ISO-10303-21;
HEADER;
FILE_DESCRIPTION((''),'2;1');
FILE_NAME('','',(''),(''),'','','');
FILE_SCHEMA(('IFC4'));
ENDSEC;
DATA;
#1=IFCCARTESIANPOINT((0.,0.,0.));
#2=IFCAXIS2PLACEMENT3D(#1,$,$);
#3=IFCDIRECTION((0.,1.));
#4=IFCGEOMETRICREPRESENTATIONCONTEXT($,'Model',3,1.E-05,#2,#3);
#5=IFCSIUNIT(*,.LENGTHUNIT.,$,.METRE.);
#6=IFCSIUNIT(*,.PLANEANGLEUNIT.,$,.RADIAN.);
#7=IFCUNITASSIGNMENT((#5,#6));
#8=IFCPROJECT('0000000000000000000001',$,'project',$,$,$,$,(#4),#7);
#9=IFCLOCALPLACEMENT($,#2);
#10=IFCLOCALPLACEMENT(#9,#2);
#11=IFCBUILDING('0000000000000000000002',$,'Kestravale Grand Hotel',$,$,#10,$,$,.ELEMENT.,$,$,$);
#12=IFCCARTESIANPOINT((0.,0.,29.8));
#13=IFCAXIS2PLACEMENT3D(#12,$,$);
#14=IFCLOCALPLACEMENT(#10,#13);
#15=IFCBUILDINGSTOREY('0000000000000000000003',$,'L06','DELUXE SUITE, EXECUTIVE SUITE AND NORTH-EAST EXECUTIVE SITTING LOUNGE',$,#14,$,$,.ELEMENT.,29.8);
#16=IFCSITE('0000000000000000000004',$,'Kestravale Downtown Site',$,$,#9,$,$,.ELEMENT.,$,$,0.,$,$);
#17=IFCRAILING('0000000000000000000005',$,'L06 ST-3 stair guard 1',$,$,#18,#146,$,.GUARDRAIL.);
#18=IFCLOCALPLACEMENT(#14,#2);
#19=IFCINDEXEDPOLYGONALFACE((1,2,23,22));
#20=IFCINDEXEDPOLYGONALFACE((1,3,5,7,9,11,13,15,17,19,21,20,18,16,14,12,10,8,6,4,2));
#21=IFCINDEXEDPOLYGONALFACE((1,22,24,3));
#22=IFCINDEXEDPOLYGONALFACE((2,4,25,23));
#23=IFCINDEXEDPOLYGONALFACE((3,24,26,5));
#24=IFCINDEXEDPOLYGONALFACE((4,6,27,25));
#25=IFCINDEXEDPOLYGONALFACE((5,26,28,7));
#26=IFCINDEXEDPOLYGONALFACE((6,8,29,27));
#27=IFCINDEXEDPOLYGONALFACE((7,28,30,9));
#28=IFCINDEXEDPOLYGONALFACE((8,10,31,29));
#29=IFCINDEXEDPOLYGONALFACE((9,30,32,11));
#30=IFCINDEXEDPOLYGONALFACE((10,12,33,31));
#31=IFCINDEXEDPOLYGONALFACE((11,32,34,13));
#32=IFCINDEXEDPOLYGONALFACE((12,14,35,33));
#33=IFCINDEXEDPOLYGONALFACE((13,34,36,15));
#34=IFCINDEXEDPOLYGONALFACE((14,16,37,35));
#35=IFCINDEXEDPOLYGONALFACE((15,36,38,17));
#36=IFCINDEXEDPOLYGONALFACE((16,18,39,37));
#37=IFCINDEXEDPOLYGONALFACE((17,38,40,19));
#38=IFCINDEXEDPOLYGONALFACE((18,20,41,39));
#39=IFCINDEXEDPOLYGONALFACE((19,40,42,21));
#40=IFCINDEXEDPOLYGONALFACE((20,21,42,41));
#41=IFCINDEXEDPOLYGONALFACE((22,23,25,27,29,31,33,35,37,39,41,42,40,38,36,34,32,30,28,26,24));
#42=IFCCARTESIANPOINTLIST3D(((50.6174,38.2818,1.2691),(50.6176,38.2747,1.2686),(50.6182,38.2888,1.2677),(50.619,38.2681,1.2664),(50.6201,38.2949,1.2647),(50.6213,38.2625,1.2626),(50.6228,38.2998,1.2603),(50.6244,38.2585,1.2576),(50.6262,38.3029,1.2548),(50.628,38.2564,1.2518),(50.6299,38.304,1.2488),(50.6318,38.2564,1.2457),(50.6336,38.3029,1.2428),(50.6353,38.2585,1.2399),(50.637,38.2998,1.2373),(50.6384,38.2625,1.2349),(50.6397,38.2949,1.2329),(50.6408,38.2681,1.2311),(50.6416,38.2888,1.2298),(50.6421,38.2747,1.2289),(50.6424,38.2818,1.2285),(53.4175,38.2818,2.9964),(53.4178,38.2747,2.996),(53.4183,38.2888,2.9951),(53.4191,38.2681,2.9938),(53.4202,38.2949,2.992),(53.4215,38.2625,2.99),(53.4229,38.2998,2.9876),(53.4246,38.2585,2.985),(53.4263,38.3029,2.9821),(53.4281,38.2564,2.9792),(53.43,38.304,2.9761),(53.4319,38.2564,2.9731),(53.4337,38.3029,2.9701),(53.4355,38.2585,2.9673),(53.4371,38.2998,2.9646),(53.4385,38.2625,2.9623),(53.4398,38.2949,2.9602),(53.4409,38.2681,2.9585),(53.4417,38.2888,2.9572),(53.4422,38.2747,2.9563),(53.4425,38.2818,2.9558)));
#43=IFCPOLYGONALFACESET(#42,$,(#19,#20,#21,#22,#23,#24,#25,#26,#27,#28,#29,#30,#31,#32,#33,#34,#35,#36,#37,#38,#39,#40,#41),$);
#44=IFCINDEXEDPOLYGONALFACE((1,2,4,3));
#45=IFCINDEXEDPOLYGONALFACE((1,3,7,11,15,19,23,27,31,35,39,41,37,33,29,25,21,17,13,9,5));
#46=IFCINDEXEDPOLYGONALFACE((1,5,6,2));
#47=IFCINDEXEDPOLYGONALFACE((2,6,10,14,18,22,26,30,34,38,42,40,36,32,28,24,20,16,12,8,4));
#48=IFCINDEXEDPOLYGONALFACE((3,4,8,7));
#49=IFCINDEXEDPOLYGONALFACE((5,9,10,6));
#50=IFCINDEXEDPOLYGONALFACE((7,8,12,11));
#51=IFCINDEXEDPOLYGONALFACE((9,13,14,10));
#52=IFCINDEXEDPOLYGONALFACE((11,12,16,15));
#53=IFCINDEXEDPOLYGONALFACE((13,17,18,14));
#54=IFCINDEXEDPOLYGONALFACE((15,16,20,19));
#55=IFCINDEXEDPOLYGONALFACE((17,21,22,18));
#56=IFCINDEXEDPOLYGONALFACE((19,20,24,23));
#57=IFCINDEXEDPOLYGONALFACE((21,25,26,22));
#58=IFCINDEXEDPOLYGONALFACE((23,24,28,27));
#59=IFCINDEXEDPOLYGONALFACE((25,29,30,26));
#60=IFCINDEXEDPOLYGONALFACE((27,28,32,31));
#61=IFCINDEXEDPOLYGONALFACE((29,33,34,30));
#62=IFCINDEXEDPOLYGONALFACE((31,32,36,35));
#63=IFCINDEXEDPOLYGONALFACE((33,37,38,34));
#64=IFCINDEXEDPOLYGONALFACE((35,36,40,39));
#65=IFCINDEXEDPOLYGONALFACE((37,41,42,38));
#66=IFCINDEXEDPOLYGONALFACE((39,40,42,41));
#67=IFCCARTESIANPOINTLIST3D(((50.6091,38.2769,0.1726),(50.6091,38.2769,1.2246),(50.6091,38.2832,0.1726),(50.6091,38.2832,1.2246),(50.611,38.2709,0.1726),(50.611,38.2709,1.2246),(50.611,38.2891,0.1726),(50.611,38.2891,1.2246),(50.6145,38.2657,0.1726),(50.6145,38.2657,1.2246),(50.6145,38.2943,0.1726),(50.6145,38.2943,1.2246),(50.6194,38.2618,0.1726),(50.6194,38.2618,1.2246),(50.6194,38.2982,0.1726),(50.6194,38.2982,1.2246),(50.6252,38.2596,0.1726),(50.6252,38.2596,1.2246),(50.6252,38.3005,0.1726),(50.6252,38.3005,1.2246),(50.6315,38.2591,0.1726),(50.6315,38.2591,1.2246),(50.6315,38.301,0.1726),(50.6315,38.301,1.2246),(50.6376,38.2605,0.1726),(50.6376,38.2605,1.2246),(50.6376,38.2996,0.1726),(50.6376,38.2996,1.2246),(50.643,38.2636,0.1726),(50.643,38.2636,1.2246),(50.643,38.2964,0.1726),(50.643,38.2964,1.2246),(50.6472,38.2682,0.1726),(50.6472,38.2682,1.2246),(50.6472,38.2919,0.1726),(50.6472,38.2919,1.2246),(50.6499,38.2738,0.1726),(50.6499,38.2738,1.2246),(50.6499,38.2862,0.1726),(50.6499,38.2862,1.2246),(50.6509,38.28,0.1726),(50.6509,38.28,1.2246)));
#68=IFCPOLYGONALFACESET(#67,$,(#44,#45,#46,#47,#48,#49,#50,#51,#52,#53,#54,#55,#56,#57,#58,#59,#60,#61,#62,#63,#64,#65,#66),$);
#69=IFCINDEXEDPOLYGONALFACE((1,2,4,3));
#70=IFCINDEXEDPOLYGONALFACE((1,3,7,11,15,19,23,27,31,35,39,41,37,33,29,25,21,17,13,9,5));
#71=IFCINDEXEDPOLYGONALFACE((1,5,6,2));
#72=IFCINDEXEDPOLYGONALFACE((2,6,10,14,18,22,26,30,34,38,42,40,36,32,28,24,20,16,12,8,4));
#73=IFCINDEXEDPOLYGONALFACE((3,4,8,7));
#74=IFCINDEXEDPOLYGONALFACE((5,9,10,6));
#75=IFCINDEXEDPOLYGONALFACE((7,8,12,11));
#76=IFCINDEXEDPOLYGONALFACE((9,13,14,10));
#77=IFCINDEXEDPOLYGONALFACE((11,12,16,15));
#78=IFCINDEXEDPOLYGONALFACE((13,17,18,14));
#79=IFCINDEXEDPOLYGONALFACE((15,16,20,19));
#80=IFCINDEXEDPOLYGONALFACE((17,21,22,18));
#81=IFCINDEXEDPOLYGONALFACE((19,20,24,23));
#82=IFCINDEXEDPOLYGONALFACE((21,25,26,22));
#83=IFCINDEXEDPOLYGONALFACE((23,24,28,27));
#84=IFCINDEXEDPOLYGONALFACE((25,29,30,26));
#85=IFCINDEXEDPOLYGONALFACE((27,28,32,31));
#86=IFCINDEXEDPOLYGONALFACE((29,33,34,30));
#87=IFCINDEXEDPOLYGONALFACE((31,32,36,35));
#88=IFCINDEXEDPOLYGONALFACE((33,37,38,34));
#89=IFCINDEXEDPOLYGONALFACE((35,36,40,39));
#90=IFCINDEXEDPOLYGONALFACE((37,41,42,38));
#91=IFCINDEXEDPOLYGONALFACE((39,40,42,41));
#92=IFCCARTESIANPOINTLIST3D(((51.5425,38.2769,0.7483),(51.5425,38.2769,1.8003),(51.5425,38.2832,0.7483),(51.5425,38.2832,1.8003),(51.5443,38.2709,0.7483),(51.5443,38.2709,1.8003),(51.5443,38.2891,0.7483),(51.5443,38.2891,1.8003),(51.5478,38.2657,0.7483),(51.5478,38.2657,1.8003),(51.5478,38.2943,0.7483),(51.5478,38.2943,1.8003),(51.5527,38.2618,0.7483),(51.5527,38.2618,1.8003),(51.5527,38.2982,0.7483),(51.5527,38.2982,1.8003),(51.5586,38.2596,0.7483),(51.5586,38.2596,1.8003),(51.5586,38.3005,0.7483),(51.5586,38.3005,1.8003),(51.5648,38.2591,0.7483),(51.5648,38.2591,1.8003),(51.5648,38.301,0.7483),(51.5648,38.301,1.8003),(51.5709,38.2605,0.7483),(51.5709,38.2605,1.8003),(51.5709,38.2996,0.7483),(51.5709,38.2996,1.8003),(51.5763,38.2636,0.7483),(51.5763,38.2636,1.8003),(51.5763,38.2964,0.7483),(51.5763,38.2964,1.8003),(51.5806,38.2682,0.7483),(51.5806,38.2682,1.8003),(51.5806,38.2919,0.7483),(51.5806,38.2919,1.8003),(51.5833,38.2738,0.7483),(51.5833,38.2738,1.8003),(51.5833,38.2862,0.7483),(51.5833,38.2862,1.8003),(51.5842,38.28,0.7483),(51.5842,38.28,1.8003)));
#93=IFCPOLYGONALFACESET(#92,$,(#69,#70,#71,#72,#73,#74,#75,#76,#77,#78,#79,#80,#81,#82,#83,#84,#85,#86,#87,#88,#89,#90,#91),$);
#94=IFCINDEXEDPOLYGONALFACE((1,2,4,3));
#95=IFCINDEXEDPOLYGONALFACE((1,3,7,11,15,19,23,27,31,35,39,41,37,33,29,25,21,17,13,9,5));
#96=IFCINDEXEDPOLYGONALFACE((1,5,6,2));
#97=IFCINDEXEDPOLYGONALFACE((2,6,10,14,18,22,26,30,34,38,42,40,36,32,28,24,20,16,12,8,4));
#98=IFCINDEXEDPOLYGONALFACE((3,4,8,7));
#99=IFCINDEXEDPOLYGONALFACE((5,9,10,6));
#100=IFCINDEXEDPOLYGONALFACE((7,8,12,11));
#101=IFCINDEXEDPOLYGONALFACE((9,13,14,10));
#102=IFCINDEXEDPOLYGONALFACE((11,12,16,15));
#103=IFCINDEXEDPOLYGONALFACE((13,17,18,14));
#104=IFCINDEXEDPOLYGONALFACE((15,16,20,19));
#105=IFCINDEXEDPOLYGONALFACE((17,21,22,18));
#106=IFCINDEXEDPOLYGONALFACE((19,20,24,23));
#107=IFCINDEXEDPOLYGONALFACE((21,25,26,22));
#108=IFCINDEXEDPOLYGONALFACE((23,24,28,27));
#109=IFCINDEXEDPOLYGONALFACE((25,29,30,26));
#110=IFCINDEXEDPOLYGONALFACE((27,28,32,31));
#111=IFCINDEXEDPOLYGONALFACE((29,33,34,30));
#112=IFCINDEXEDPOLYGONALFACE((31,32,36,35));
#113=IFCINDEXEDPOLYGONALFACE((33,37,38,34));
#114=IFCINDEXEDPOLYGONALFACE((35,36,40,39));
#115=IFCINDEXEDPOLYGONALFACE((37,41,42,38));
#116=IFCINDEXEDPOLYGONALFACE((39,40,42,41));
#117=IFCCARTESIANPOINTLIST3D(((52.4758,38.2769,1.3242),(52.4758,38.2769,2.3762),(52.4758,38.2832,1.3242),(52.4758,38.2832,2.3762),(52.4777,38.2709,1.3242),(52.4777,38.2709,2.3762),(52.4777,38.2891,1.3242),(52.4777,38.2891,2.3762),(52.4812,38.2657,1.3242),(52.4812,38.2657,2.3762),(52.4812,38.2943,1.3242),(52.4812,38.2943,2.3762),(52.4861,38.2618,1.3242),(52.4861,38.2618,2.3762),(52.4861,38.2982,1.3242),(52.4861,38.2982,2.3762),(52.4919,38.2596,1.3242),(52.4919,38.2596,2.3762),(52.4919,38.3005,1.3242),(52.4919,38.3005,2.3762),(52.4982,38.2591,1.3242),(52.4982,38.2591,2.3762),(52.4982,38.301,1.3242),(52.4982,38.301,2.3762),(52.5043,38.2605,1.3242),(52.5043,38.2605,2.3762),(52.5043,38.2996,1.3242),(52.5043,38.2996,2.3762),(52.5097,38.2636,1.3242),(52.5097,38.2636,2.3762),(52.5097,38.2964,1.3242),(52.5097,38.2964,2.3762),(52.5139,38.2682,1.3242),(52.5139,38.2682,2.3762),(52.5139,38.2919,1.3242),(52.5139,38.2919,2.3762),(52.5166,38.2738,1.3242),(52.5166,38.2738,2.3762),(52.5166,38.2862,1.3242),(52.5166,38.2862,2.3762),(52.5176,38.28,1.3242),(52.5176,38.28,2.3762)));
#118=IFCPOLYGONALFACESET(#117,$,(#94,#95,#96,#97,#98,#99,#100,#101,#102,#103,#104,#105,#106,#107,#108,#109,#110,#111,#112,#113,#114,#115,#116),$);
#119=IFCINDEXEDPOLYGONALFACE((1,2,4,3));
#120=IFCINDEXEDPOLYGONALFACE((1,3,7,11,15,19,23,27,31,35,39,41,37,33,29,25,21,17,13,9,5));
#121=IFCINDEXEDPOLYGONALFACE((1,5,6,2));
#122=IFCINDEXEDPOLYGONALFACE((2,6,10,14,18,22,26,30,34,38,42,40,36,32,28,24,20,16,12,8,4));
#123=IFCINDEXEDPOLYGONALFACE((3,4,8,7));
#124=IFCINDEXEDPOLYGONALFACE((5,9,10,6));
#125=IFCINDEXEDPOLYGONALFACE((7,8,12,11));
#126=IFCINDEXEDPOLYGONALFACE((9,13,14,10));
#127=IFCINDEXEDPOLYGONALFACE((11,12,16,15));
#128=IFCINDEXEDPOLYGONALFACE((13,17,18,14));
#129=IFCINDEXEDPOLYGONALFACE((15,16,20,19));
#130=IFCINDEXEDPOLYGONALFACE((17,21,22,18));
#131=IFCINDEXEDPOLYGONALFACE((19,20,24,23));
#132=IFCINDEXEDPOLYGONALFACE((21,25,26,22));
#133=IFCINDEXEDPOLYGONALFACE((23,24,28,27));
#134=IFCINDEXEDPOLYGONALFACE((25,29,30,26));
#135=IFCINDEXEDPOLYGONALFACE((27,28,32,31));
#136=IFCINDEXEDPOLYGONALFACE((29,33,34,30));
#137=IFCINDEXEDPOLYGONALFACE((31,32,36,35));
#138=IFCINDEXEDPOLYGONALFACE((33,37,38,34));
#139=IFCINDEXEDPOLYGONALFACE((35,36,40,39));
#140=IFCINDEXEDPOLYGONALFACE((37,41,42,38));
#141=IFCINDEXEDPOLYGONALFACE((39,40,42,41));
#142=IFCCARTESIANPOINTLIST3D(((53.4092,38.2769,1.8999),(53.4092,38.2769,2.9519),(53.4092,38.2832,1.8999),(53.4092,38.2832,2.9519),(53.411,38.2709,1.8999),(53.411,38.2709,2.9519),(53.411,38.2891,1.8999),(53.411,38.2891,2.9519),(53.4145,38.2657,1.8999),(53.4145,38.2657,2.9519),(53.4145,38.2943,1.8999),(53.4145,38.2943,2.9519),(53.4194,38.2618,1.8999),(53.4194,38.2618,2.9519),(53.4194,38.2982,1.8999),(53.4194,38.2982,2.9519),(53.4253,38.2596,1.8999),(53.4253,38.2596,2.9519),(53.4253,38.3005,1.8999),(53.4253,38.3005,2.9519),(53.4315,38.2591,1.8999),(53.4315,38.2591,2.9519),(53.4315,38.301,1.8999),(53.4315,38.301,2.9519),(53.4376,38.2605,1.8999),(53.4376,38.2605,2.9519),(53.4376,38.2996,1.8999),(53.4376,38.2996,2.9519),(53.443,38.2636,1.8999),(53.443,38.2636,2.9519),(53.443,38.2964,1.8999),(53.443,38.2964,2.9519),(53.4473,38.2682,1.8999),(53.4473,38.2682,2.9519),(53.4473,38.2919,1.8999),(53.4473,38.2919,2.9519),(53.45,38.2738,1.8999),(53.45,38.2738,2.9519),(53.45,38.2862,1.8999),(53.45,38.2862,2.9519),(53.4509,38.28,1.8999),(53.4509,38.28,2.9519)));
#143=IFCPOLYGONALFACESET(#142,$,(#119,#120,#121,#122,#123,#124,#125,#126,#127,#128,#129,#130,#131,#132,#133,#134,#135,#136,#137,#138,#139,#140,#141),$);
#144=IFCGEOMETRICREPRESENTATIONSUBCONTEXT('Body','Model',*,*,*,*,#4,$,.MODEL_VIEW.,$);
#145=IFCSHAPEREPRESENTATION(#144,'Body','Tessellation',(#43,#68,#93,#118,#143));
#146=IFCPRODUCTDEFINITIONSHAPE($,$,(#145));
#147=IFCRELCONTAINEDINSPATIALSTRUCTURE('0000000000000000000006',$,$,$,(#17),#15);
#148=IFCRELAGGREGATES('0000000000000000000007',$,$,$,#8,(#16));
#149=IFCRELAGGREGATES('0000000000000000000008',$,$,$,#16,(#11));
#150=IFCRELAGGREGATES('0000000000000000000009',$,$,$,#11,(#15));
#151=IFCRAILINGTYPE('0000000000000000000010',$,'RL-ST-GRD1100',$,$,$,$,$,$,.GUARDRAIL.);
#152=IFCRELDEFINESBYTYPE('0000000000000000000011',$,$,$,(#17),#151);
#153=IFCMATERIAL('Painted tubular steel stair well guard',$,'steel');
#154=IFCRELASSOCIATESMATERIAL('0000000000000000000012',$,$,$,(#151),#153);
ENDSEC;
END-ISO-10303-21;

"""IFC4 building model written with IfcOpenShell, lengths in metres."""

from ifc_helpers import new_model, si_unit, direction, frame, origin, origin_2d, place, context, subcontext, project, spatial, circle, extrude, material, type_object, element, save


model = new_model("IFC4")

# Units and contexts
model_context = context("Model", 3, precision=1e-05, world=origin(), true_north=direction((0.0, 1.0)))
body_context = subcontext(model_context, "Body", "Model", "MODEL_VIEW")
ifc_project = project(units=[si_unit("LENGTHUNIT", "METRE"), si_unit("PLANEANGLEUNIT", "RADIAN")], contexts=[model_context])

# Site, building, storey
site_placement = place(None, origin())
site = spatial("IfcSite", under=ifc_project, at=site_placement, Name="Kestravale Downtown Site", CompositionType="ELEMENT", RefElevation=0.0)
building_placement = place(site_placement, origin())
building = spatial("IfcBuilding", under=site, at=building_placement, Name="Kestravale Grand Hotel", CompositionType="ELEMENT")
storey_placement = place(building_placement, frame((0.0, 0.0, 29.8)))
storey = spatial("IfcBuildingStorey", under=building, at=storey_placement, Name="L06", Description="DELUXE SUITE, EXECUTIVE SUITE AND NORTH-EAST EXECUTIVE SITTING LOUNGE", CompositionType="ELEMENT", Elevation=29.8)

# Railing
ifc_material_1 = material(Name="Painted tubular steel stair well guard", Category="steel")
railing_type_1 = type_object("IfcRailingType", Name="RL-ST-GRD1100", PredefinedType="GUARDRAIL", material=ifc_material_1)
railing_1_placement = place(storey_placement, frame((50.6299, 38.28, 0.1726)))
element("IfcRailing", 1, at=railing_1_placement, inside=storey, type_object=railing_type_1, Name="L06 ST-3 stair guard 1", PredefinedType="GUARDRAIL", context=body_context, shape_type="SweptSolid", body=[
    extrude(circle(Radius=0.0239, at=origin_2d()), frame((0.0, 0.0, 1.0762), z_axis=(0.85109, 0.0, 0.52502), x_axis=(0.0, 1.0, 0.0)), (0.0, 0.0, 1.0), 3.29),
    extrude(circle(Radius=0.021, at=origin_2d()), origin(), (0.0, 0.0, 1.0), 1.052),
    extrude(circle(Radius=0.021, at=origin_2d()), frame((0.9333, 0.0, 0.5757)), (0.0, 0.0, 1.0), 1.052),
    extrude(circle(Radius=0.021, at=origin_2d()), frame((1.8667, 0.0, 1.1516)), (0.0, 0.0, 1.0), 1.052),
    extrude(circle(Radius=0.021, at=origin_2d()), frame((2.8, 0.0, 1.7273)), (0.0, 0.0, 1.0), 1.052),
])

save(model, "model.ifc")
